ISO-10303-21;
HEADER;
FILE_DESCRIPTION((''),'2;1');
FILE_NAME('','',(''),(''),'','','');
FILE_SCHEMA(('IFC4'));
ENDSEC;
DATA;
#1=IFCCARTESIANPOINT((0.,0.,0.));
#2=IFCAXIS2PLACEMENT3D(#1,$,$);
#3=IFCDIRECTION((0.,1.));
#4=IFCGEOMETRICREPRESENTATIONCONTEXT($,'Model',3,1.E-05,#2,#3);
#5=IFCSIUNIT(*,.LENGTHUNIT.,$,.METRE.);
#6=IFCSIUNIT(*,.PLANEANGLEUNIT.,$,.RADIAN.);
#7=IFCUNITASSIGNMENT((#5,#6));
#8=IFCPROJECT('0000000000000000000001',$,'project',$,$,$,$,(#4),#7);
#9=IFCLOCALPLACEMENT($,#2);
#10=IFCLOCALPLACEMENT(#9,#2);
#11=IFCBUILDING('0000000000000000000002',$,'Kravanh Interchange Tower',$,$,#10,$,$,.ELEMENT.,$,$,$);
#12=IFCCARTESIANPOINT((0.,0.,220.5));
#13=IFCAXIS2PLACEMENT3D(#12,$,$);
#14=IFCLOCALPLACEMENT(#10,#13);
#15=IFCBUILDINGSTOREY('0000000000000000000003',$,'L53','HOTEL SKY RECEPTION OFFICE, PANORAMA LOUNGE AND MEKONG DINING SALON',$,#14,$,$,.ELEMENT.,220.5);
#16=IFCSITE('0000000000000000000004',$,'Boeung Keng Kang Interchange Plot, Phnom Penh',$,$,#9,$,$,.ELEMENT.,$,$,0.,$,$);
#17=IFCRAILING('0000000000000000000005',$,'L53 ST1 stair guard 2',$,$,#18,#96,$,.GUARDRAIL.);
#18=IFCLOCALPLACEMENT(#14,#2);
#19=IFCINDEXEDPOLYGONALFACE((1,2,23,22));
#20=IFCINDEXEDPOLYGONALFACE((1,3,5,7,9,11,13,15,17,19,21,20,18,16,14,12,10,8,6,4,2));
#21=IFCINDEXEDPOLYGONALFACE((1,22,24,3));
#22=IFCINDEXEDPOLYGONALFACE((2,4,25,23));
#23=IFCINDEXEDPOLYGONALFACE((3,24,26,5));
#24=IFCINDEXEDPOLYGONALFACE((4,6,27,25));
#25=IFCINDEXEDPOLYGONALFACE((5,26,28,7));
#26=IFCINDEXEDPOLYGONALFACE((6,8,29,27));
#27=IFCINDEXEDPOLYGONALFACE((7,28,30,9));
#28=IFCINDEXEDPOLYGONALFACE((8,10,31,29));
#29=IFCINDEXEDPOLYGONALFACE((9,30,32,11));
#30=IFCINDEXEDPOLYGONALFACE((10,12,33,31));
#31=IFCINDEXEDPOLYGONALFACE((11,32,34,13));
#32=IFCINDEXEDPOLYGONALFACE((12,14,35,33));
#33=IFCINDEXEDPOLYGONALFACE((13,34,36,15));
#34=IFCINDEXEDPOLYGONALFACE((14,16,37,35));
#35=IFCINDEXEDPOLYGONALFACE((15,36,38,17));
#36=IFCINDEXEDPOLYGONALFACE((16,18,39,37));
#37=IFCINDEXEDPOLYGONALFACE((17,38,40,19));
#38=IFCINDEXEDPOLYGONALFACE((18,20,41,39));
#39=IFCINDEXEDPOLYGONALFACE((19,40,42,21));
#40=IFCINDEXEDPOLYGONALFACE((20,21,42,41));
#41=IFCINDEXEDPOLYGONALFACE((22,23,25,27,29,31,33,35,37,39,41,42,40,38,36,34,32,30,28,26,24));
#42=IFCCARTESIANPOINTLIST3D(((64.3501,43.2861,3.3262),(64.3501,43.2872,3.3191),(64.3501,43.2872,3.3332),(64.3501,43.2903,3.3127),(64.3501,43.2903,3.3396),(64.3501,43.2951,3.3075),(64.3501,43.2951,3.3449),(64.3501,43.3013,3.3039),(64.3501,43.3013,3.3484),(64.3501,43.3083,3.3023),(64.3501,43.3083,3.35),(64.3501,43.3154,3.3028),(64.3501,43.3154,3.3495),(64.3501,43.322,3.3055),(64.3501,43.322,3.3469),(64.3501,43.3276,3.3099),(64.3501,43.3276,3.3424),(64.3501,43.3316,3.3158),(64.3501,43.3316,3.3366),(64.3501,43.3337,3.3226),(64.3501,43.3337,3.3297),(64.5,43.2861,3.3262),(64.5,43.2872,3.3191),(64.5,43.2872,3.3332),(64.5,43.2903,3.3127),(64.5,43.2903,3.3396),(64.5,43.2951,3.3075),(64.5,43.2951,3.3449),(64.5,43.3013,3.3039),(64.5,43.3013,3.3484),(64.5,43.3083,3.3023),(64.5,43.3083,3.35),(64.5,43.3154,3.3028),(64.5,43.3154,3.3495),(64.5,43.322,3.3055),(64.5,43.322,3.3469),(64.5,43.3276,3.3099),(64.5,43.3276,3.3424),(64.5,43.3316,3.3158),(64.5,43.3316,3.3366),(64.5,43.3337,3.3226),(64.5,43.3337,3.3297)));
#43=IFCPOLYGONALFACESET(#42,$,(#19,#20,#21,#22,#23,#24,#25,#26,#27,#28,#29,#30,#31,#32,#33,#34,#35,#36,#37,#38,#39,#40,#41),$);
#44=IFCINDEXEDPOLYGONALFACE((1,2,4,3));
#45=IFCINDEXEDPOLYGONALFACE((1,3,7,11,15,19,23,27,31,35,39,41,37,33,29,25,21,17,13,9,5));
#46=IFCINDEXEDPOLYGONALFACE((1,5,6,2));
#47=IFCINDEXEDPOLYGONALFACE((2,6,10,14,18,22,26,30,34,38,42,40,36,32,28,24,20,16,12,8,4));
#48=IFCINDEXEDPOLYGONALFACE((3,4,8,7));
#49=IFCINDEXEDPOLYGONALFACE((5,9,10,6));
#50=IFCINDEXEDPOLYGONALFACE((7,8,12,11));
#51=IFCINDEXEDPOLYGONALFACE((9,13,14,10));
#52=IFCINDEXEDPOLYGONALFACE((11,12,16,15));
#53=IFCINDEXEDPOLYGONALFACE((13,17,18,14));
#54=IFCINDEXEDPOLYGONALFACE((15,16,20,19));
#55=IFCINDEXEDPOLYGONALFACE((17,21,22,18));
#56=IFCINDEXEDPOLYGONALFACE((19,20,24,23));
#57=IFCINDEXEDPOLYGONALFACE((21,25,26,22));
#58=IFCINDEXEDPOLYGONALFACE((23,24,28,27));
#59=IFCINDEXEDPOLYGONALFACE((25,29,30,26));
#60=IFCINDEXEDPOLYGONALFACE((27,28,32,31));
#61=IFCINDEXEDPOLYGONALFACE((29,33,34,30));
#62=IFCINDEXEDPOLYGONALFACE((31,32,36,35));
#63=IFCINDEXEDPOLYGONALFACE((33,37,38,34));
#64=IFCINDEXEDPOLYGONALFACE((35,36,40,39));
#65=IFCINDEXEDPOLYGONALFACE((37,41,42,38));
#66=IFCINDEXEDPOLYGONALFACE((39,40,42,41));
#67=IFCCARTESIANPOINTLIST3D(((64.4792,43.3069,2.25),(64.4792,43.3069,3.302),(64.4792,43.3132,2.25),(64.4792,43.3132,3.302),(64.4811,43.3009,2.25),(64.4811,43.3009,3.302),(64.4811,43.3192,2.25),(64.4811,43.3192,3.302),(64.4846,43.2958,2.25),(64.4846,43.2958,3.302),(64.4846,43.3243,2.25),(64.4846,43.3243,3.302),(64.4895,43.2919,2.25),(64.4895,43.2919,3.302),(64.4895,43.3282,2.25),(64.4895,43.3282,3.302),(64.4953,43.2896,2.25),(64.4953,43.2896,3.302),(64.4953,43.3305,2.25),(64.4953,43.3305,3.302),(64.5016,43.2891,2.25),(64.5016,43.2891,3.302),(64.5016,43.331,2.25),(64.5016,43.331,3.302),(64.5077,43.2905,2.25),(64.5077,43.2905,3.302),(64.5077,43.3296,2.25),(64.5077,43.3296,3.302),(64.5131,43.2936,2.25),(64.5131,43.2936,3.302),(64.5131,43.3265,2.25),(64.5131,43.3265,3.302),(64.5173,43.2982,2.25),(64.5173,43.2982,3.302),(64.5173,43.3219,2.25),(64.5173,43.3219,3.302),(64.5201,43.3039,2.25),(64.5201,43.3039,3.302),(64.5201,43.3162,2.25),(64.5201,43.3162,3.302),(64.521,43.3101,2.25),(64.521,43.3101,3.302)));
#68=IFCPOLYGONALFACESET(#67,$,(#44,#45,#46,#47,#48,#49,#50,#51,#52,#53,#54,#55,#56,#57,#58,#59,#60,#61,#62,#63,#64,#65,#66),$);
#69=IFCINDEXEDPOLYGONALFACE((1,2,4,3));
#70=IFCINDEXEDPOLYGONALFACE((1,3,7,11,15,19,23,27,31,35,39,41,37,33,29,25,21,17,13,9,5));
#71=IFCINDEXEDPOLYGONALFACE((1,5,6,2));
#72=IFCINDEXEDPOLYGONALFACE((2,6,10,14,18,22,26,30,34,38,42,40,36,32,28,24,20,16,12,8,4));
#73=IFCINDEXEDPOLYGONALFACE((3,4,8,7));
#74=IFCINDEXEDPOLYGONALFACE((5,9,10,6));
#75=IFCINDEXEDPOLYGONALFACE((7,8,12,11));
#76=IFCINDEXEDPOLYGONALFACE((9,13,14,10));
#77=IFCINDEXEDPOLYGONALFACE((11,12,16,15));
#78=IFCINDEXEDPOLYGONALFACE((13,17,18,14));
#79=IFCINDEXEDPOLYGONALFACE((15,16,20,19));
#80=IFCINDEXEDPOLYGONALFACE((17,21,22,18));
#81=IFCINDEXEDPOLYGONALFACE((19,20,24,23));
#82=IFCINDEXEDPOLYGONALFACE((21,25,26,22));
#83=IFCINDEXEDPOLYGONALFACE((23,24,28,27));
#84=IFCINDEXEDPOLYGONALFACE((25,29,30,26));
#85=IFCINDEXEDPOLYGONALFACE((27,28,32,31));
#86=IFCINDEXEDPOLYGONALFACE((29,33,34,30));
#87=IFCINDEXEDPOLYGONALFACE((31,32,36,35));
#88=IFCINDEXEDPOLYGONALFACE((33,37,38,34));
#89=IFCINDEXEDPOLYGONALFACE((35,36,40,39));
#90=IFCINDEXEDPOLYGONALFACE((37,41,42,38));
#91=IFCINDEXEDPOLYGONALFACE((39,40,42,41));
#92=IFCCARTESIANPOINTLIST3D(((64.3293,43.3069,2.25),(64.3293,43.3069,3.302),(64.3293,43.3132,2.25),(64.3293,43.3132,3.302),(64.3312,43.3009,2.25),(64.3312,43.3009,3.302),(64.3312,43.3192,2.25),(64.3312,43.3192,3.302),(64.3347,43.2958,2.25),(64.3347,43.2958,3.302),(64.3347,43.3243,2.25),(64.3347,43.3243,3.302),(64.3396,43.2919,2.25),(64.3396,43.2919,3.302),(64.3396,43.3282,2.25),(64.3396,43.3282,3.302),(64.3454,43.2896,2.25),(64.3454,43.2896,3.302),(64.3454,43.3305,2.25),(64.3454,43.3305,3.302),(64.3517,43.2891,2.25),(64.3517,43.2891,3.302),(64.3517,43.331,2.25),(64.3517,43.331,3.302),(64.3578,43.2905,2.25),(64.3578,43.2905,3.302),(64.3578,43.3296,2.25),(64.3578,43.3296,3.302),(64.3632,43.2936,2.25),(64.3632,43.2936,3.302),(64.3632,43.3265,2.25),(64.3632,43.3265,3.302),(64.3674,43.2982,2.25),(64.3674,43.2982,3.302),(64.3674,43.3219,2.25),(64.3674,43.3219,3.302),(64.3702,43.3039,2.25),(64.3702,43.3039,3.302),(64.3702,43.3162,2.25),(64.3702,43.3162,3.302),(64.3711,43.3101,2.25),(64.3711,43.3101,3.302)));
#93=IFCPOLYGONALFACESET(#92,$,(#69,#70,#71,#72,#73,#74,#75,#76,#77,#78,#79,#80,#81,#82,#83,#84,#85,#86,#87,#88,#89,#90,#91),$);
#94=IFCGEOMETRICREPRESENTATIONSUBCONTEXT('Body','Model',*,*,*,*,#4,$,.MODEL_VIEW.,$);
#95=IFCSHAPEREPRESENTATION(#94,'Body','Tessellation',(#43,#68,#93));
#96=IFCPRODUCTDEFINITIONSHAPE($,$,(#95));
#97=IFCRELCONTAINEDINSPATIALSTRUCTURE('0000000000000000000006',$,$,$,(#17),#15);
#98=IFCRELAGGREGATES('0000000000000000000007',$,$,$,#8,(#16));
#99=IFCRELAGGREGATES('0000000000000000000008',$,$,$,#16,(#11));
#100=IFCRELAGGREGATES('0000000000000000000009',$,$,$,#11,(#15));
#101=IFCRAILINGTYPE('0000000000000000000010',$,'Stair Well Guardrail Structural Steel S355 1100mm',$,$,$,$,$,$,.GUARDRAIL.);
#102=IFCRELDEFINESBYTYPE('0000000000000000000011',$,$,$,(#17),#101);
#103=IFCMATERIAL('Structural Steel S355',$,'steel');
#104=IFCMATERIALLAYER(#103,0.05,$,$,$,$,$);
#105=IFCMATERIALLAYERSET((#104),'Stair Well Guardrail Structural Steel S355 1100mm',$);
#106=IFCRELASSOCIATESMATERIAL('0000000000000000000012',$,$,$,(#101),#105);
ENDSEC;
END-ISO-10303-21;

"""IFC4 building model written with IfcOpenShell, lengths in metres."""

from ifc_helpers import new_model, si_unit, direction, frame, origin, origin_2d, place, context, subcontext, project, spatial, circle, extrude, material, layer, layer_set, type_object, element, save


model = new_model("IFC4")

# Units and contexts
model_context = context("Model", 3, precision=1e-05, world=origin(), true_north=direction((0.0, 1.0)))
body_context = subcontext(model_context, "Body", "Model", "MODEL_VIEW")
ifc_project = project(units=[si_unit("LENGTHUNIT", "METRE"), si_unit("PLANEANGLEUNIT", "RADIAN")], contexts=[model_context])

# Site, building, storey
site_placement = place(None, origin())
site = spatial("IfcSite", under=ifc_project, at=site_placement, Name="Boeung Keng Kang Interchange Plot, Phnom Penh", CompositionType="ELEMENT", RefElevation=0.0)
building_placement = place(site_placement, origin())
building = spatial("IfcBuilding", under=site, at=building_placement, Name="Kravanh Interchange Tower", CompositionType="ELEMENT")
storey_placement = place(building_placement, frame((0.0, 0.0, 220.5)))
storey = spatial("IfcBuildingStorey", under=building, at=storey_placement, Name="L53", Description="HOTEL SKY RECEPTION OFFICE, PANORAMA LOUNGE AND MEKONG DINING SALON", CompositionType="ELEMENT", Elevation=220.5)

# Railing
ifc_material_1 = material(Name="Structural Steel S355", Category="steel")
ifc_layer_1 = layer(ifc_material_1, 0.05)
ifc_layer_set_1 = layer_set([ifc_layer_1], Name="Stair Well Guardrail Structural Steel S355 1100mm")
railing_type_1 = type_object("IfcRailingType", Name="Stair Well Guardrail Structural Steel S355 1100mm", PredefinedType="GUARDRAIL", material=ifc_layer_set_1)
railing_1_placement = place(storey_placement, frame((64.5, 43.3101, 2.25)))
element("IfcRailing", 1, at=railing_1_placement, inside=storey, type_object=railing_type_1, Name="L53 ST1 stair guard 2", PredefinedType="GUARDRAIL", context=body_context, shape_type="SweptSolid", body=[
    extrude(circle(Radius=0.0239, at=origin_2d()), frame((0.0, 0.0, 1.0762), z_axis=(-1.0, 0.0, 0.0), x_axis=(0.0, -1.0, 0.0)), (0.0, 0.0, 1.0), 0.1499),
    extrude(circle(Radius=0.021, at=origin_2d()), origin(), (0.0, 0.0, 1.0), 1.052),
    extrude(circle(Radius=0.021, at=origin_2d()), frame((-0.1499, 0.0, 0.0)), (0.0, 0.0, 1.0), 1.052),
])

save(model, "model.ifc")
